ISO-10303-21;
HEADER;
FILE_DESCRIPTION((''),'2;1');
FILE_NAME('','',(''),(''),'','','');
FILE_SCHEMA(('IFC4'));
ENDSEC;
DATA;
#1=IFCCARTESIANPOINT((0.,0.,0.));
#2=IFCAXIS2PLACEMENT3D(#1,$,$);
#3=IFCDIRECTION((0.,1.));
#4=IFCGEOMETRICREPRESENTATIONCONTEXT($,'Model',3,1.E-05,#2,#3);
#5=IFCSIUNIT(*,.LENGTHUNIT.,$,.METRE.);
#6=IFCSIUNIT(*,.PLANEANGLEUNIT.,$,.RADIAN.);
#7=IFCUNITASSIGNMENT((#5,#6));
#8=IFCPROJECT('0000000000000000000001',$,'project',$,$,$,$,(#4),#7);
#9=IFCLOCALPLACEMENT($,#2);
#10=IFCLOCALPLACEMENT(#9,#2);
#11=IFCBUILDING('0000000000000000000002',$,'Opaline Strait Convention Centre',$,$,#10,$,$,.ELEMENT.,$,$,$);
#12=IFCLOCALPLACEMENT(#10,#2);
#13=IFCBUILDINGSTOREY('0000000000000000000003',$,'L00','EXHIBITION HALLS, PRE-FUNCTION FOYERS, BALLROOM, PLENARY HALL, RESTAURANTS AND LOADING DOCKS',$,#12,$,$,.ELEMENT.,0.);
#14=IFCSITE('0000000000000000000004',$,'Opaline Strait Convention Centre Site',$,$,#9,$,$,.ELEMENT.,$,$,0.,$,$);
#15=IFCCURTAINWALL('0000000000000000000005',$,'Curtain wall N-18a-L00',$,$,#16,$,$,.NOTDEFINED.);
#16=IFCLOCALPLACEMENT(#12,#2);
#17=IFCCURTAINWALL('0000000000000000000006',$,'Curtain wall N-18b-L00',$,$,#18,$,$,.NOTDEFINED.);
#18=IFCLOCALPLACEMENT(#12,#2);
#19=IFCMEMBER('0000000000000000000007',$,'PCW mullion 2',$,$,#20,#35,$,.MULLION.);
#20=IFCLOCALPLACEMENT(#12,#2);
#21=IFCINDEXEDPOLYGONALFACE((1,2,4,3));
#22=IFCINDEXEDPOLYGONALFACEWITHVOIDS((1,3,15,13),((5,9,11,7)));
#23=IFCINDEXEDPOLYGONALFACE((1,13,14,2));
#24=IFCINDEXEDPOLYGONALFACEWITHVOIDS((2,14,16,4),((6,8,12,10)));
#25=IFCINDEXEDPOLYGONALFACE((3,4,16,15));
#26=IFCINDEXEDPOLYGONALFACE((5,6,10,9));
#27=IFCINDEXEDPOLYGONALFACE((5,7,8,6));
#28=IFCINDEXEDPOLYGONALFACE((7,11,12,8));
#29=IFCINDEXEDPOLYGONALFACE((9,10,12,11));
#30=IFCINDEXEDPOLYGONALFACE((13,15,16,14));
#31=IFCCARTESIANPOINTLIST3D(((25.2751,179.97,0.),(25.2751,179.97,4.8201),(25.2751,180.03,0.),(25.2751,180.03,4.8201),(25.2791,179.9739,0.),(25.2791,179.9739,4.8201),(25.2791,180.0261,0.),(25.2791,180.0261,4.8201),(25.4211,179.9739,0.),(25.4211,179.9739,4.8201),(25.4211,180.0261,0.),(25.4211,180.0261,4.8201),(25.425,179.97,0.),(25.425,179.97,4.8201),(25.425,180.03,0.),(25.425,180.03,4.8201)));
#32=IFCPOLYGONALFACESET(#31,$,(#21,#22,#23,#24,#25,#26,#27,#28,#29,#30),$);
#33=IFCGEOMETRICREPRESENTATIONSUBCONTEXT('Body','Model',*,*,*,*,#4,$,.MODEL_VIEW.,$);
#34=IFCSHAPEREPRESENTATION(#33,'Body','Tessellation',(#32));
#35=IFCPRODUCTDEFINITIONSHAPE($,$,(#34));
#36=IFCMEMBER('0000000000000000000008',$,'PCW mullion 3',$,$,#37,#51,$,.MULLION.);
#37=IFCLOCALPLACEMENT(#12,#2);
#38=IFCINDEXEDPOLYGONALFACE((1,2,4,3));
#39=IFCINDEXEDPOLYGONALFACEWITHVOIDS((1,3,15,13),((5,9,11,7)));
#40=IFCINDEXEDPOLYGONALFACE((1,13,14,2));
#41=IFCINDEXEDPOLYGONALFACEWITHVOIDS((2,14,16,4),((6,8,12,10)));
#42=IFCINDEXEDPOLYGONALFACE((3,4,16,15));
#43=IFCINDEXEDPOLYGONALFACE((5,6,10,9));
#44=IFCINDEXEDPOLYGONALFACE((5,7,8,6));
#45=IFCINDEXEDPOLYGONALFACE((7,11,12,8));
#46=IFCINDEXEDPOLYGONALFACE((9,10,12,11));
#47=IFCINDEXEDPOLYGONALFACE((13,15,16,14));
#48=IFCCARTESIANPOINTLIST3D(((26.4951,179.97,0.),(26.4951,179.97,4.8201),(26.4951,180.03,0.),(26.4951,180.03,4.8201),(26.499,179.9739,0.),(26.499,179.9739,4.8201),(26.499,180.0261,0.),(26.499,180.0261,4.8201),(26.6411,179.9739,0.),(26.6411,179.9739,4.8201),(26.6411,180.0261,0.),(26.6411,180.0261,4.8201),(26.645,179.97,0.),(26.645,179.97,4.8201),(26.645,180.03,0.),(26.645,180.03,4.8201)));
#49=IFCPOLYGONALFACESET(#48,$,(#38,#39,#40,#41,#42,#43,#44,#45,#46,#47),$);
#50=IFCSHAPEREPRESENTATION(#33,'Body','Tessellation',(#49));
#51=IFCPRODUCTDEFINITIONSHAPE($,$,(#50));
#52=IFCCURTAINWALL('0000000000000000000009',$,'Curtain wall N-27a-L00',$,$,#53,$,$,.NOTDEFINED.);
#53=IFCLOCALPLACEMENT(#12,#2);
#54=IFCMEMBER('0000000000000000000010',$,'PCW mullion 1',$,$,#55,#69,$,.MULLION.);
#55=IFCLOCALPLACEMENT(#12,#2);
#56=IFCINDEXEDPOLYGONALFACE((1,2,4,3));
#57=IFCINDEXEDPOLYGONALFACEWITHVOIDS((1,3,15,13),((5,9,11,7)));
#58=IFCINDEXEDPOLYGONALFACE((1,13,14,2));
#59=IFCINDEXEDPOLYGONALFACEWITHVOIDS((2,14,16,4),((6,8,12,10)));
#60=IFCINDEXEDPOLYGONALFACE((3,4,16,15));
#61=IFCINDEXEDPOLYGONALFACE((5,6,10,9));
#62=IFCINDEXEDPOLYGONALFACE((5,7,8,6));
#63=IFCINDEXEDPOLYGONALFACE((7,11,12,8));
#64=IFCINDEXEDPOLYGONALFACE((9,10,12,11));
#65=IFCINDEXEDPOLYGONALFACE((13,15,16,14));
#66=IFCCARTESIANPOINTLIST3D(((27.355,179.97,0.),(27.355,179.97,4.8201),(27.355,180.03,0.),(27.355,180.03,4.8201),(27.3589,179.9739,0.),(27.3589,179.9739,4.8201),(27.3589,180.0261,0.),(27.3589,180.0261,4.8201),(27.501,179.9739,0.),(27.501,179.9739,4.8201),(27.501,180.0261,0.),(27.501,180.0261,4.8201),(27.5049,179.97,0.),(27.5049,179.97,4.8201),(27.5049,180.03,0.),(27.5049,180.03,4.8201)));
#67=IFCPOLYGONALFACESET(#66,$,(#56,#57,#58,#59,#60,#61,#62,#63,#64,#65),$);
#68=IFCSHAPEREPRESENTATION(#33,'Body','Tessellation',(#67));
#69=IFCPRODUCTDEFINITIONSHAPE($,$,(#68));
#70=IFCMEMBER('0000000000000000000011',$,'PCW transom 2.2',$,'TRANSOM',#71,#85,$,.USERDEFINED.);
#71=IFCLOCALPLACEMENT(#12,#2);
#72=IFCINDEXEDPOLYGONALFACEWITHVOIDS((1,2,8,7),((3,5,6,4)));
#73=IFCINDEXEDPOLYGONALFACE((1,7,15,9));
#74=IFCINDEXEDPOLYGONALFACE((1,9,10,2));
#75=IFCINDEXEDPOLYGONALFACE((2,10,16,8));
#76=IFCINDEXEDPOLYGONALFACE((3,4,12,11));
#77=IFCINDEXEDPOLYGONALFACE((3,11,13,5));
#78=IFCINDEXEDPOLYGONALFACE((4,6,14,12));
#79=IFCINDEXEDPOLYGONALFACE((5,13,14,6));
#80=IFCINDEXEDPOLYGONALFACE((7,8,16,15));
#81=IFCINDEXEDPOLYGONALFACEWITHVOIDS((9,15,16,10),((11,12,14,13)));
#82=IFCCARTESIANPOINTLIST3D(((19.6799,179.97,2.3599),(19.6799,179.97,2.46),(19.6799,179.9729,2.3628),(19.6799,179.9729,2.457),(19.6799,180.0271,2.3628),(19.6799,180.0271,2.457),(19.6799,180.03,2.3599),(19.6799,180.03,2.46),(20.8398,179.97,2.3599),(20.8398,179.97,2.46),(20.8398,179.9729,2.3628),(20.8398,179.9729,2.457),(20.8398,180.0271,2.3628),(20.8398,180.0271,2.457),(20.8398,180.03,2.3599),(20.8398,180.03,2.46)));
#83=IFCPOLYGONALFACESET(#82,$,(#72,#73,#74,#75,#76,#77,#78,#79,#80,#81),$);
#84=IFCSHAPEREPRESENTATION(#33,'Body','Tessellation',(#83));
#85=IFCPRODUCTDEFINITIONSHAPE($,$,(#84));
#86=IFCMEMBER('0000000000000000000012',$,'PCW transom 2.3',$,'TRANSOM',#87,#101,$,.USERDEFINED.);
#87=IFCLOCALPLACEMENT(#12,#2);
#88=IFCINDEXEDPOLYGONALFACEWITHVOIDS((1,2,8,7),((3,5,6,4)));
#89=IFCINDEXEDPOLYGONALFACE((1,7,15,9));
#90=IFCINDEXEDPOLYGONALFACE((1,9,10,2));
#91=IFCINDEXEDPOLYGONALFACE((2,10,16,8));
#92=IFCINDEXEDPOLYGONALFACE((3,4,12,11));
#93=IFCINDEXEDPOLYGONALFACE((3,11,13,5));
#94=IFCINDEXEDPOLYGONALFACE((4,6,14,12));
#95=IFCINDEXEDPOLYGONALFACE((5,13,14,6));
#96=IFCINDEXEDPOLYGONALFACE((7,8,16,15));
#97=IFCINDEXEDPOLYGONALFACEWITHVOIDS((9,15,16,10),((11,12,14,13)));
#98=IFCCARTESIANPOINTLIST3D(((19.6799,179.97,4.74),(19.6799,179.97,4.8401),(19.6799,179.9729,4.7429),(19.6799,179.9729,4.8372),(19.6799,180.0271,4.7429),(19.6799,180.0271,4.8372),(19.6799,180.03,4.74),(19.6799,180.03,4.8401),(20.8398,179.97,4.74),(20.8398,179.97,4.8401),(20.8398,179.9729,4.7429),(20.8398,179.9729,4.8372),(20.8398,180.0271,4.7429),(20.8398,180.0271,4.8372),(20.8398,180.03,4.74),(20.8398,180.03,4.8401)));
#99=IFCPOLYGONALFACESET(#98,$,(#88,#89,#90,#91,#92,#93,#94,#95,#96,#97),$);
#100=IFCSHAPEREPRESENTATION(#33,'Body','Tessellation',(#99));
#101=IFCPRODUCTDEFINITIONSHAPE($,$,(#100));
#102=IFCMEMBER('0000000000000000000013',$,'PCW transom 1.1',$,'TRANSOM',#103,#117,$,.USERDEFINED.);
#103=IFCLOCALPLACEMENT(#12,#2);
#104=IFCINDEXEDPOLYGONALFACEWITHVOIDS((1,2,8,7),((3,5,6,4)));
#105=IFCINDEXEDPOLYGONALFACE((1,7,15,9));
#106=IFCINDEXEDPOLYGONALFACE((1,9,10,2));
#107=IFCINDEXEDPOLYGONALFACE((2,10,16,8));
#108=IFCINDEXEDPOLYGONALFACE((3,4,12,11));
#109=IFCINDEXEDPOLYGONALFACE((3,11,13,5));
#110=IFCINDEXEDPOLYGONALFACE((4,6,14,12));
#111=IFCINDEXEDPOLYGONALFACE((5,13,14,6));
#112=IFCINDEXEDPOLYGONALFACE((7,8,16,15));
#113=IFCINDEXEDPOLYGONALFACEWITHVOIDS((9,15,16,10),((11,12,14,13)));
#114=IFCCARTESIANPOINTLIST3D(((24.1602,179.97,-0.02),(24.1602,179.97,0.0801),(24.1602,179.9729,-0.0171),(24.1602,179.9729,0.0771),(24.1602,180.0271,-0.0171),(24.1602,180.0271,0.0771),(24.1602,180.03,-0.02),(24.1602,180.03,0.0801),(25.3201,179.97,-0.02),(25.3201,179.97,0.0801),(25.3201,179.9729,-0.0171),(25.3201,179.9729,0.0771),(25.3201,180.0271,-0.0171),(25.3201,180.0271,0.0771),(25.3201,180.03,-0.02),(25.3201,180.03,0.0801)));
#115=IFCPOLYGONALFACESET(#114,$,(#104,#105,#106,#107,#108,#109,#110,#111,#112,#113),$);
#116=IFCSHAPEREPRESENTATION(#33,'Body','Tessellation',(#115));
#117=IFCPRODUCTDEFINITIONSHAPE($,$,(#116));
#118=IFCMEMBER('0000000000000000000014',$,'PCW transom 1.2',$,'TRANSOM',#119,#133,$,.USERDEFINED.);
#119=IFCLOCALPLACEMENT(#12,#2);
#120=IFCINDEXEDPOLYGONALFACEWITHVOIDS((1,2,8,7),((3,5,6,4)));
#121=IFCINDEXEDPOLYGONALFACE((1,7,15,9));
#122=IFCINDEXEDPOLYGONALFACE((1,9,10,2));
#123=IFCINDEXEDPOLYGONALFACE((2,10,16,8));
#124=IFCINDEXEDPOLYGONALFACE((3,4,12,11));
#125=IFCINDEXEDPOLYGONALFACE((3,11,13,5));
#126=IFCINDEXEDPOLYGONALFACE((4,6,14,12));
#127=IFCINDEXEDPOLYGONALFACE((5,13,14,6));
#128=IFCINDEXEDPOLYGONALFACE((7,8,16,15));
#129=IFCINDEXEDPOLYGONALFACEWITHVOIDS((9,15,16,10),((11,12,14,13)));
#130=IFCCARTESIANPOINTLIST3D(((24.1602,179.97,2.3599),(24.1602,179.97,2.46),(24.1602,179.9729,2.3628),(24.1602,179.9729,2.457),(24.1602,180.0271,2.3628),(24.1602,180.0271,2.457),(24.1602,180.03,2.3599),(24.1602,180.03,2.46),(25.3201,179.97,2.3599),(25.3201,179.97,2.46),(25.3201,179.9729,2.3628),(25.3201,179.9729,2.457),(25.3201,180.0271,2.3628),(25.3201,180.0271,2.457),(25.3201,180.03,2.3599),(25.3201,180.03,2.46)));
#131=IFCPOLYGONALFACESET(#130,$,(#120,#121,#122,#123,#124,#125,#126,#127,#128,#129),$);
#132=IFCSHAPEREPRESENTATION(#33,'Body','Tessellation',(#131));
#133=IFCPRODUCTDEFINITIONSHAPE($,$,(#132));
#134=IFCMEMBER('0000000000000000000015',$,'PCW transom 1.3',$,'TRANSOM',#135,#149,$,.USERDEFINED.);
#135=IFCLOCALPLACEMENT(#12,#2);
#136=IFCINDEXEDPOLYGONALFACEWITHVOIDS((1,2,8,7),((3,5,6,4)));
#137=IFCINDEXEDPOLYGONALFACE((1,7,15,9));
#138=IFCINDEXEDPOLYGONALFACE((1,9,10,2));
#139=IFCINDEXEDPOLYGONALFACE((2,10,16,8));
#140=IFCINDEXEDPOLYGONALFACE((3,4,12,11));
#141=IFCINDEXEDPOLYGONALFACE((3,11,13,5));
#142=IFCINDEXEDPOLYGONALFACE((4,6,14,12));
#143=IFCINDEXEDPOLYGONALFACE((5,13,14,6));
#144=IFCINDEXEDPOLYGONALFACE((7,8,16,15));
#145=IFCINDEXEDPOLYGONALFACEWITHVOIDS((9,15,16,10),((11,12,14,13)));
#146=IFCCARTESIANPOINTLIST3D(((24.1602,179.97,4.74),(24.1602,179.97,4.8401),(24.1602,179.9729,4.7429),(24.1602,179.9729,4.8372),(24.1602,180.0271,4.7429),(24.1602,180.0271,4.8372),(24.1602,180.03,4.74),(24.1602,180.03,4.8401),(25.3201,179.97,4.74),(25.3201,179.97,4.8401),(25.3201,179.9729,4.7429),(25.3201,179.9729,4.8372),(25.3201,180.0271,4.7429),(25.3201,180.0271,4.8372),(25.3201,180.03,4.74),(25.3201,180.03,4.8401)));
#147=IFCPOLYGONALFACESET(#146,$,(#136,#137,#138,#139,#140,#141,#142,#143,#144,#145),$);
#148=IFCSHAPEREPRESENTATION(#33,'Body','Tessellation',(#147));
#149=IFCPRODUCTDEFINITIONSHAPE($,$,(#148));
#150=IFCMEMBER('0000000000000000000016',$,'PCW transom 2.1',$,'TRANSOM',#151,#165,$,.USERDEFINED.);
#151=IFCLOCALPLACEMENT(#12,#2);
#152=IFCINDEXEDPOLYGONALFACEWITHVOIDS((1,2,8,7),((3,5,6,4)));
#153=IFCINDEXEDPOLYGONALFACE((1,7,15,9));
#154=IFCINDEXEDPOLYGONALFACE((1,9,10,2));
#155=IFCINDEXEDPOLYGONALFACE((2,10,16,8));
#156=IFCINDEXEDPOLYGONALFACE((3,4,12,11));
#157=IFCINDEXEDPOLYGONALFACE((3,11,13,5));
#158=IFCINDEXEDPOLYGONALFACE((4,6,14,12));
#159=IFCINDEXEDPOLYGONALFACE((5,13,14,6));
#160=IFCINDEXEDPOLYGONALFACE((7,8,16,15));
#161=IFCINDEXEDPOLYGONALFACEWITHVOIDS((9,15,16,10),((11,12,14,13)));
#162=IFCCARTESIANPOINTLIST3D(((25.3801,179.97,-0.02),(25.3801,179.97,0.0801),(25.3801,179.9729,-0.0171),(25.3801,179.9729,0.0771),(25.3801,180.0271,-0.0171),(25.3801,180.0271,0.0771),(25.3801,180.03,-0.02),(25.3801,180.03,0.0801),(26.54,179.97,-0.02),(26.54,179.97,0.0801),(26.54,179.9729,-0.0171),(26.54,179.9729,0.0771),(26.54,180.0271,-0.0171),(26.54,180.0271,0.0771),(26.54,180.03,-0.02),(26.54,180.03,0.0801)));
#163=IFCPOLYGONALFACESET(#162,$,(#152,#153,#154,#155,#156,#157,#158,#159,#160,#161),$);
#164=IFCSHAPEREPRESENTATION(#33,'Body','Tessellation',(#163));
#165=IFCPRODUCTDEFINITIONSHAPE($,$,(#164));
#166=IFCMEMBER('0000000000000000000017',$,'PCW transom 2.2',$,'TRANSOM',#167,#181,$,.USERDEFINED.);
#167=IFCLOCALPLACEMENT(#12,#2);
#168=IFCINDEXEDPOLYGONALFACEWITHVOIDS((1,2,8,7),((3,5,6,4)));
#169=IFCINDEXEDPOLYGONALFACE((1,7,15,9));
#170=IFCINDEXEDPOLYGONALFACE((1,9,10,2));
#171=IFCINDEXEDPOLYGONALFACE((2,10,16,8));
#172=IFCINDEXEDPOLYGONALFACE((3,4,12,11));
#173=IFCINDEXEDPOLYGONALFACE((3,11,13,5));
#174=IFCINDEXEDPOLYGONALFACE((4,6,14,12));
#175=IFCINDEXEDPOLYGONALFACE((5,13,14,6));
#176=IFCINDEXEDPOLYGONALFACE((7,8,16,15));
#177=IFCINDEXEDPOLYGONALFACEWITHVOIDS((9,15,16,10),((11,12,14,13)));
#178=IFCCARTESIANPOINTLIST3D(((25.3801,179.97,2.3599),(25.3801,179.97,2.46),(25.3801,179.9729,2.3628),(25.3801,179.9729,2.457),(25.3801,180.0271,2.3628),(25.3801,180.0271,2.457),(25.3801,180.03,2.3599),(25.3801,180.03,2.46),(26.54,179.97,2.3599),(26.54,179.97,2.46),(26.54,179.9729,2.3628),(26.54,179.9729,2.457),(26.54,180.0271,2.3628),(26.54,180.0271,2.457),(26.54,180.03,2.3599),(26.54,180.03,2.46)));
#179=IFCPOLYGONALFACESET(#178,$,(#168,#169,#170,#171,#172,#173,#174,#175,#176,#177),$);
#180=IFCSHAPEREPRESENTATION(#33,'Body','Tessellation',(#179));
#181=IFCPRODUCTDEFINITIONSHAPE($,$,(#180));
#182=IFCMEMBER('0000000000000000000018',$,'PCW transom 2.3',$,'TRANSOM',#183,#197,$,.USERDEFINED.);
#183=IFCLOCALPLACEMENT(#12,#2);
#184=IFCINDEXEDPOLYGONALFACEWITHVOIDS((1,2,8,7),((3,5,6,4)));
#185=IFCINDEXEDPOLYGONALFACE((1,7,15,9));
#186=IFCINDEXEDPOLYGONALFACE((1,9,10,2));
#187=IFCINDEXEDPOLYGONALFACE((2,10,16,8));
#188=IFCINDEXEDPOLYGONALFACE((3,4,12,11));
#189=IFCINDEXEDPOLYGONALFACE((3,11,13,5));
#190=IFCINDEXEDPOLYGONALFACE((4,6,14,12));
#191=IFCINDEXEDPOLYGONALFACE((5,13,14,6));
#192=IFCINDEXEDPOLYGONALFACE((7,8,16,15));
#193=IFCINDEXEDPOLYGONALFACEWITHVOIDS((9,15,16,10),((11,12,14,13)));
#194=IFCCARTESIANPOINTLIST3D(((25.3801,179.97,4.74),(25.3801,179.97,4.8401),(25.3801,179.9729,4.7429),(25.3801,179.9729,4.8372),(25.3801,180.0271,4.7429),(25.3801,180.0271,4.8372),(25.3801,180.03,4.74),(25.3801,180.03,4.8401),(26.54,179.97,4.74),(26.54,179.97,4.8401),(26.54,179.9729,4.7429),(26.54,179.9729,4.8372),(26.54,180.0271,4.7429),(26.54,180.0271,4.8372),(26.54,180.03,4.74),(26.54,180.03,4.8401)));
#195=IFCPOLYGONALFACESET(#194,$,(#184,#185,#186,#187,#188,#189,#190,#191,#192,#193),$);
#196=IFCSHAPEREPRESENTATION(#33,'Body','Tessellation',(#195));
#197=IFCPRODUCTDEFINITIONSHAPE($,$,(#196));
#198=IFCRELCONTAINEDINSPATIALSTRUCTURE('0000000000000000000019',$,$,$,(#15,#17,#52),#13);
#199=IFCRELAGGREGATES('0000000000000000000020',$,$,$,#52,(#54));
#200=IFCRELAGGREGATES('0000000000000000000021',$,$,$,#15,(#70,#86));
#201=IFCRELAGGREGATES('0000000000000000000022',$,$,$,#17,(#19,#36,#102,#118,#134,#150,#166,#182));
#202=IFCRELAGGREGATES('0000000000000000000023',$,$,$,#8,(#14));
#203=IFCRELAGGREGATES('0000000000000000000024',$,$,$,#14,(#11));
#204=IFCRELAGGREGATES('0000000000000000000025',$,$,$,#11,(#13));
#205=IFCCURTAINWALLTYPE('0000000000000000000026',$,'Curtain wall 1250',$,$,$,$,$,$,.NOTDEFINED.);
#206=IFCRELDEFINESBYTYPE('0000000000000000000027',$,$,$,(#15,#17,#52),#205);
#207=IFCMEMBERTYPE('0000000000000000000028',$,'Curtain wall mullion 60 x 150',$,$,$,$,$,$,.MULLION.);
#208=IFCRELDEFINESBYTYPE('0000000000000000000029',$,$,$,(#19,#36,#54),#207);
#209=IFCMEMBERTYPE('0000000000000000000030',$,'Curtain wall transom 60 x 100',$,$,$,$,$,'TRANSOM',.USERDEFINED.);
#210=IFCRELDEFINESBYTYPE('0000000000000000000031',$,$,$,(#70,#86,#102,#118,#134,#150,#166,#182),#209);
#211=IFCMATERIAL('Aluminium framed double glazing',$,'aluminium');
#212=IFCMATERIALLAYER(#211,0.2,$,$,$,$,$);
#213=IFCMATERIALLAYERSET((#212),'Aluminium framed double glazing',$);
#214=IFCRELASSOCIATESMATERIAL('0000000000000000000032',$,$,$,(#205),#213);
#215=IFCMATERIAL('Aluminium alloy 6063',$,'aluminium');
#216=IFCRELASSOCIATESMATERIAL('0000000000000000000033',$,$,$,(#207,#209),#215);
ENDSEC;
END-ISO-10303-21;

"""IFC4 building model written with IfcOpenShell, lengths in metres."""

from ifc_helpers import new_model, si_unit, direction, frame, origin, origin_2d, place, context, subcontext, project, spatial, hollow_rectangle, extrude, material, layer, layer_set, material_profile, profile_set, type_object, element, aggregate, save


model = new_model("IFC4")

# Units and contexts
model_context = context("Model", 3, precision=1e-05, world=origin(), true_north=direction((0.0, 1.0)))
body_context = subcontext(model_context, "Body", "Model", "MODEL_VIEW")
ifc_project = project(units=[si_unit("LENGTHUNIT", "METRE"), si_unit("PLANEANGLEUNIT", "RADIAN")], contexts=[model_context])

# Site, building, storey
site_placement = place(None, origin())
site = spatial("IfcSite", under=ifc_project, at=site_placement, Name="Opaline Strait Convention Centre Site", CompositionType="ELEMENT", RefElevation=0.0)
building_placement = place(site_placement, origin())
building = spatial("IfcBuilding", under=site, at=building_placement, Name="Opaline Strait Convention Centre", CompositionType="ELEMENT")
storey_placement = place(building_placement, origin())
storey = spatial("IfcBuildingStorey", under=building, at=storey_placement, Name="L00", Description="EXHIBITION HALLS, PRE-FUNCTION FOYERS, BALLROOM, PLENARY HALL, RESTAURANTS AND LOADING DOCKS", CompositionType="ELEMENT", Elevation=0.0)

# Curtain wall
ifc_material_1 = material(Name="Aluminium framed double glazing", Category="aluminium")
ifc_layer_1 = layer(ifc_material_1, 0.2)
ifc_layer_set_1 = layer_set([ifc_layer_1], Name="Aluminium framed double glazing")
curtain_wall_type = type_object("IfcCurtainWallType", Name="Curtain wall 1250", PredefinedType="NOTDEFINED", material=ifc_layer_set_1)
curtain_wall_1_placement = place(storey_placement, origin())
curtain_wall_1 = element("IfcCurtainWall", 1, at=curtain_wall_1_placement, inside=storey, type_object=curtain_wall_type, Name="Curtain wall N-18a-L00", PredefinedType="NOTDEFINED")
ifc_material_2 = material(Name="Aluminium alloy 6063", Category="aluminium")
ifc_material_profile_1 = material_profile(ifc_material_2, hollow_rectangle(XDim=0.0601, YDim=0.1499, WallThickness=0.0039, at=origin_2d()), Name="MULLION 60x150x4")
ifc_profile_set_1 = profile_set([ifc_material_profile_1], Name="Aluminium alloy 6063")
member_type_1 = type_object("IfcMemberType", Name="Curtain wall mullion 60 x 150", PredefinedType="MULLION", material=ifc_profile_set_1)

# Curtain wall, members
curtain_wall_2_placement = place(storey_placement, origin())
curtain_wall_2 = element("IfcCurtainWall", 2, at=curtain_wall_2_placement, inside=storey, type_object=curtain_wall_type, Name="Curtain wall N-18b-L00", PredefinedType="NOTDEFINED")
member_1_placement = place(storey_placement, frame((25.3501, 180.0, 0.0), z_axis=(0.0, 0.0, 1.0), x_axis=(0.0, 1.0, 0.0)))
member_1 = element("IfcMember", 3, at=member_1_placement, type_object=member_type_1, Name="PCW mullion 2", PredefinedType="MULLION", context=body_context, shape_type="SweptSolid", body=[
    extrude(hollow_rectangle(XDim=0.0601, YDim=0.1499, WallThickness=0.0039, at=origin_2d()), origin(), (0.0, 0.0, 1.0), 4.8201),
])
member_2_placement = place(storey_placement, frame((26.5701, 180.0, 0.0), z_axis=(0.0, 0.0, 1.0), x_axis=(0.0, 1.0, 0.0)))
member_2 = element("IfcMember", 4, at=member_2_placement, type_object=member_type_1, Name="PCW mullion 3", PredefinedType="MULLION", context=body_context, shape_type="SweptSolid", body=[
    extrude(hollow_rectangle(XDim=0.0601, YDim=0.1499, WallThickness=0.0039, at=origin_2d()), origin(), (0.0, 0.0, 1.0), 4.8201),
])

# Curtain wall, member
curtain_wall_3_placement = place(storey_placement, origin())
curtain_wall_3 = element("IfcCurtainWall", 5, at=curtain_wall_3_placement, inside=storey, type_object=curtain_wall_type, Name="Curtain wall N-27a-L00", PredefinedType="NOTDEFINED")
member_3_placement = place(storey_placement, frame((27.4299, 180.0, 0.0), z_axis=(0.0, 0.0, 1.0), x_axis=(0.0, 1.0, 0.0)))
member_3 = element("IfcMember", 6, at=member_3_placement, type_object=member_type_1, Name="PCW mullion 1", PredefinedType="MULLION", context=body_context, shape_type="SweptSolid", body=[
    extrude(hollow_rectangle(XDim=0.0601, YDim=0.1499, WallThickness=0.0039, at=origin_2d()), origin(), (0.0, 0.0, 1.0), 4.8201),
])
aggregate(curtain_wall_3, [member_3])

# Members
ifc_material_profile_2 = material_profile(ifc_material_2, hollow_rectangle(XDim=0.0601, YDim=0.1001, WallThickness=0.0029, at=origin_2d()), Name="TRANSOM 60x100x3")
ifc_profile_set_2 = profile_set([ifc_material_profile_2], Name="Aluminium alloy 6063")
member_type_2 = type_object("IfcMemberType", Name="Curtain wall transom 60 x 100", ElementType="TRANSOM", PredefinedType="USERDEFINED", material=ifc_profile_set_2)
member_4_placement = place(storey_placement, frame((19.6799, 180.0, 2.4099), z_axis=(1.0, 0.0, 0.0), x_axis=(0.0, 1.0, 0.0)))
member_4 = element("IfcMember", 7, at=member_4_placement, type_object=member_type_2, Name="PCW transom 2.2", ObjectType="TRANSOM", PredefinedType="USERDEFINED", context=body_context, shape_type="SweptSolid", body=[
    extrude(hollow_rectangle(XDim=0.0601, YDim=0.1001, WallThickness=0.0029, at=origin_2d()), origin(), (0.0, 0.0, 1.0), 1.1599),
])
member_5_placement = place(storey_placement, frame((19.6799, 180.0, 4.79), z_axis=(1.0, 0.0, 0.0), x_axis=(0.0, 1.0, 0.0)))
member_5 = element("IfcMember", 8, at=member_5_placement, type_object=member_type_2, Name="PCW transom 2.3", ObjectType="TRANSOM", PredefinedType="USERDEFINED", context=body_context, shape_type="SweptSolid", body=[
    extrude(hollow_rectangle(XDim=0.0601, YDim=0.1001, WallThickness=0.0029, at=origin_2d()), origin(), (0.0, 0.0, 1.0), 1.1599),
])
member_6_placement = place(storey_placement, frame((24.1602, 180.0, 0.03), z_axis=(1.0, 0.0, 0.0), x_axis=(0.0, 1.0, 0.0)))
member_6 = element("IfcMember", 9, at=member_6_placement, type_object=member_type_2, Name="PCW transom 1.1", ObjectType="TRANSOM", PredefinedType="USERDEFINED", context=body_context, shape_type="SweptSolid", body=[
    extrude(hollow_rectangle(XDim=0.0601, YDim=0.1001, WallThickness=0.0029, at=origin_2d()), origin(), (0.0, 0.0, 1.0), 1.1599),
])
member_7_placement = place(storey_placement, frame((24.1602, 180.0, 2.4099), z_axis=(1.0, 0.0, 0.0), x_axis=(0.0, 1.0, 0.0)))
member_7 = element("IfcMember", 10, at=member_7_placement, type_object=member_type_2, Name="PCW transom 1.2", ObjectType="TRANSOM", PredefinedType="USERDEFINED", context=body_context, shape_type="SweptSolid", body=[
    extrude(hollow_rectangle(XDim=0.0601, YDim=0.1001, WallThickness=0.0029, at=origin_2d()), origin(), (0.0, 0.0, 1.0), 1.1599),
])
member_8_placement = place(storey_placement, frame((24.1602, 180.0, 4.79), z_axis=(1.0, 0.0, 0.0), x_axis=(0.0, 1.0, 0.0)))
member_8 = element("IfcMember", 11, at=member_8_placement, type_object=member_type_2, Name="PCW transom 1.3", ObjectType="TRANSOM", PredefinedType="USERDEFINED", context=body_context, shape_type="SweptSolid", body=[
    extrude(hollow_rectangle(XDim=0.0601, YDim=0.1001, WallThickness=0.0029, at=origin_2d()), origin(), (0.0, 0.0, 1.0), 1.1599),
])
member_9_placement = place(storey_placement, frame((25.3801, 180.0, 0.03), z_axis=(1.0, 0.0, 0.0), x_axis=(0.0, 1.0, 0.0)))
member_9 = element("IfcMember", 12, at=member_9_placement, type_object=member_type_2, Name="PCW transom 2.1", ObjectType="TRANSOM", PredefinedType="USERDEFINED", context=body_context, shape_type="SweptSolid", body=[
    extrude(hollow_rectangle(XDim=0.0601, YDim=0.1001, WallThickness=0.0029, at=origin_2d()), origin(), (0.0, 0.0, 1.0), 1.1599),
])
member_10_placement = place(storey_placement, frame((25.3801, 180.0, 2.4099), z_axis=(1.0, 0.0, 0.0), x_axis=(0.0, 1.0, 0.0)))
member_10 = element("IfcMember", 13, at=member_10_placement, type_object=member_type_2, Name="PCW transom 2.2", ObjectType="TRANSOM", PredefinedType="USERDEFINED", context=body_context, shape_type="SweptSolid", body=[
    extrude(hollow_rectangle(XDim=0.0601, YDim=0.1001, WallThickness=0.0029, at=origin_2d()), origin(), (0.0, 0.0, 1.0), 1.1599),
])
member_11_placement = place(storey_placement, frame((25.3801, 180.0, 4.79), z_axis=(1.0, 0.0, 0.0), x_axis=(0.0, 1.0, 0.0)))
member_11 = element("IfcMember", 14, at=member_11_placement, type_object=member_type_2, Name="PCW transom 2.3", ObjectType="TRANSOM", PredefinedType="USERDEFINED", context=body_context, shape_type="SweptSolid", body=[
    extrude(hollow_rectangle(XDim=0.0601, YDim=0.1001, WallThickness=0.0029, at=origin_2d()), origin(), (0.0, 0.0, 1.0), 1.1599),
])

aggregate(curtain_wall_1, [member_4, member_5])
aggregate(curtain_wall_2, [member_1, member_2, member_6, member_7, member_8, member_9, member_10, member_11])

save(model, "model.ifc")
